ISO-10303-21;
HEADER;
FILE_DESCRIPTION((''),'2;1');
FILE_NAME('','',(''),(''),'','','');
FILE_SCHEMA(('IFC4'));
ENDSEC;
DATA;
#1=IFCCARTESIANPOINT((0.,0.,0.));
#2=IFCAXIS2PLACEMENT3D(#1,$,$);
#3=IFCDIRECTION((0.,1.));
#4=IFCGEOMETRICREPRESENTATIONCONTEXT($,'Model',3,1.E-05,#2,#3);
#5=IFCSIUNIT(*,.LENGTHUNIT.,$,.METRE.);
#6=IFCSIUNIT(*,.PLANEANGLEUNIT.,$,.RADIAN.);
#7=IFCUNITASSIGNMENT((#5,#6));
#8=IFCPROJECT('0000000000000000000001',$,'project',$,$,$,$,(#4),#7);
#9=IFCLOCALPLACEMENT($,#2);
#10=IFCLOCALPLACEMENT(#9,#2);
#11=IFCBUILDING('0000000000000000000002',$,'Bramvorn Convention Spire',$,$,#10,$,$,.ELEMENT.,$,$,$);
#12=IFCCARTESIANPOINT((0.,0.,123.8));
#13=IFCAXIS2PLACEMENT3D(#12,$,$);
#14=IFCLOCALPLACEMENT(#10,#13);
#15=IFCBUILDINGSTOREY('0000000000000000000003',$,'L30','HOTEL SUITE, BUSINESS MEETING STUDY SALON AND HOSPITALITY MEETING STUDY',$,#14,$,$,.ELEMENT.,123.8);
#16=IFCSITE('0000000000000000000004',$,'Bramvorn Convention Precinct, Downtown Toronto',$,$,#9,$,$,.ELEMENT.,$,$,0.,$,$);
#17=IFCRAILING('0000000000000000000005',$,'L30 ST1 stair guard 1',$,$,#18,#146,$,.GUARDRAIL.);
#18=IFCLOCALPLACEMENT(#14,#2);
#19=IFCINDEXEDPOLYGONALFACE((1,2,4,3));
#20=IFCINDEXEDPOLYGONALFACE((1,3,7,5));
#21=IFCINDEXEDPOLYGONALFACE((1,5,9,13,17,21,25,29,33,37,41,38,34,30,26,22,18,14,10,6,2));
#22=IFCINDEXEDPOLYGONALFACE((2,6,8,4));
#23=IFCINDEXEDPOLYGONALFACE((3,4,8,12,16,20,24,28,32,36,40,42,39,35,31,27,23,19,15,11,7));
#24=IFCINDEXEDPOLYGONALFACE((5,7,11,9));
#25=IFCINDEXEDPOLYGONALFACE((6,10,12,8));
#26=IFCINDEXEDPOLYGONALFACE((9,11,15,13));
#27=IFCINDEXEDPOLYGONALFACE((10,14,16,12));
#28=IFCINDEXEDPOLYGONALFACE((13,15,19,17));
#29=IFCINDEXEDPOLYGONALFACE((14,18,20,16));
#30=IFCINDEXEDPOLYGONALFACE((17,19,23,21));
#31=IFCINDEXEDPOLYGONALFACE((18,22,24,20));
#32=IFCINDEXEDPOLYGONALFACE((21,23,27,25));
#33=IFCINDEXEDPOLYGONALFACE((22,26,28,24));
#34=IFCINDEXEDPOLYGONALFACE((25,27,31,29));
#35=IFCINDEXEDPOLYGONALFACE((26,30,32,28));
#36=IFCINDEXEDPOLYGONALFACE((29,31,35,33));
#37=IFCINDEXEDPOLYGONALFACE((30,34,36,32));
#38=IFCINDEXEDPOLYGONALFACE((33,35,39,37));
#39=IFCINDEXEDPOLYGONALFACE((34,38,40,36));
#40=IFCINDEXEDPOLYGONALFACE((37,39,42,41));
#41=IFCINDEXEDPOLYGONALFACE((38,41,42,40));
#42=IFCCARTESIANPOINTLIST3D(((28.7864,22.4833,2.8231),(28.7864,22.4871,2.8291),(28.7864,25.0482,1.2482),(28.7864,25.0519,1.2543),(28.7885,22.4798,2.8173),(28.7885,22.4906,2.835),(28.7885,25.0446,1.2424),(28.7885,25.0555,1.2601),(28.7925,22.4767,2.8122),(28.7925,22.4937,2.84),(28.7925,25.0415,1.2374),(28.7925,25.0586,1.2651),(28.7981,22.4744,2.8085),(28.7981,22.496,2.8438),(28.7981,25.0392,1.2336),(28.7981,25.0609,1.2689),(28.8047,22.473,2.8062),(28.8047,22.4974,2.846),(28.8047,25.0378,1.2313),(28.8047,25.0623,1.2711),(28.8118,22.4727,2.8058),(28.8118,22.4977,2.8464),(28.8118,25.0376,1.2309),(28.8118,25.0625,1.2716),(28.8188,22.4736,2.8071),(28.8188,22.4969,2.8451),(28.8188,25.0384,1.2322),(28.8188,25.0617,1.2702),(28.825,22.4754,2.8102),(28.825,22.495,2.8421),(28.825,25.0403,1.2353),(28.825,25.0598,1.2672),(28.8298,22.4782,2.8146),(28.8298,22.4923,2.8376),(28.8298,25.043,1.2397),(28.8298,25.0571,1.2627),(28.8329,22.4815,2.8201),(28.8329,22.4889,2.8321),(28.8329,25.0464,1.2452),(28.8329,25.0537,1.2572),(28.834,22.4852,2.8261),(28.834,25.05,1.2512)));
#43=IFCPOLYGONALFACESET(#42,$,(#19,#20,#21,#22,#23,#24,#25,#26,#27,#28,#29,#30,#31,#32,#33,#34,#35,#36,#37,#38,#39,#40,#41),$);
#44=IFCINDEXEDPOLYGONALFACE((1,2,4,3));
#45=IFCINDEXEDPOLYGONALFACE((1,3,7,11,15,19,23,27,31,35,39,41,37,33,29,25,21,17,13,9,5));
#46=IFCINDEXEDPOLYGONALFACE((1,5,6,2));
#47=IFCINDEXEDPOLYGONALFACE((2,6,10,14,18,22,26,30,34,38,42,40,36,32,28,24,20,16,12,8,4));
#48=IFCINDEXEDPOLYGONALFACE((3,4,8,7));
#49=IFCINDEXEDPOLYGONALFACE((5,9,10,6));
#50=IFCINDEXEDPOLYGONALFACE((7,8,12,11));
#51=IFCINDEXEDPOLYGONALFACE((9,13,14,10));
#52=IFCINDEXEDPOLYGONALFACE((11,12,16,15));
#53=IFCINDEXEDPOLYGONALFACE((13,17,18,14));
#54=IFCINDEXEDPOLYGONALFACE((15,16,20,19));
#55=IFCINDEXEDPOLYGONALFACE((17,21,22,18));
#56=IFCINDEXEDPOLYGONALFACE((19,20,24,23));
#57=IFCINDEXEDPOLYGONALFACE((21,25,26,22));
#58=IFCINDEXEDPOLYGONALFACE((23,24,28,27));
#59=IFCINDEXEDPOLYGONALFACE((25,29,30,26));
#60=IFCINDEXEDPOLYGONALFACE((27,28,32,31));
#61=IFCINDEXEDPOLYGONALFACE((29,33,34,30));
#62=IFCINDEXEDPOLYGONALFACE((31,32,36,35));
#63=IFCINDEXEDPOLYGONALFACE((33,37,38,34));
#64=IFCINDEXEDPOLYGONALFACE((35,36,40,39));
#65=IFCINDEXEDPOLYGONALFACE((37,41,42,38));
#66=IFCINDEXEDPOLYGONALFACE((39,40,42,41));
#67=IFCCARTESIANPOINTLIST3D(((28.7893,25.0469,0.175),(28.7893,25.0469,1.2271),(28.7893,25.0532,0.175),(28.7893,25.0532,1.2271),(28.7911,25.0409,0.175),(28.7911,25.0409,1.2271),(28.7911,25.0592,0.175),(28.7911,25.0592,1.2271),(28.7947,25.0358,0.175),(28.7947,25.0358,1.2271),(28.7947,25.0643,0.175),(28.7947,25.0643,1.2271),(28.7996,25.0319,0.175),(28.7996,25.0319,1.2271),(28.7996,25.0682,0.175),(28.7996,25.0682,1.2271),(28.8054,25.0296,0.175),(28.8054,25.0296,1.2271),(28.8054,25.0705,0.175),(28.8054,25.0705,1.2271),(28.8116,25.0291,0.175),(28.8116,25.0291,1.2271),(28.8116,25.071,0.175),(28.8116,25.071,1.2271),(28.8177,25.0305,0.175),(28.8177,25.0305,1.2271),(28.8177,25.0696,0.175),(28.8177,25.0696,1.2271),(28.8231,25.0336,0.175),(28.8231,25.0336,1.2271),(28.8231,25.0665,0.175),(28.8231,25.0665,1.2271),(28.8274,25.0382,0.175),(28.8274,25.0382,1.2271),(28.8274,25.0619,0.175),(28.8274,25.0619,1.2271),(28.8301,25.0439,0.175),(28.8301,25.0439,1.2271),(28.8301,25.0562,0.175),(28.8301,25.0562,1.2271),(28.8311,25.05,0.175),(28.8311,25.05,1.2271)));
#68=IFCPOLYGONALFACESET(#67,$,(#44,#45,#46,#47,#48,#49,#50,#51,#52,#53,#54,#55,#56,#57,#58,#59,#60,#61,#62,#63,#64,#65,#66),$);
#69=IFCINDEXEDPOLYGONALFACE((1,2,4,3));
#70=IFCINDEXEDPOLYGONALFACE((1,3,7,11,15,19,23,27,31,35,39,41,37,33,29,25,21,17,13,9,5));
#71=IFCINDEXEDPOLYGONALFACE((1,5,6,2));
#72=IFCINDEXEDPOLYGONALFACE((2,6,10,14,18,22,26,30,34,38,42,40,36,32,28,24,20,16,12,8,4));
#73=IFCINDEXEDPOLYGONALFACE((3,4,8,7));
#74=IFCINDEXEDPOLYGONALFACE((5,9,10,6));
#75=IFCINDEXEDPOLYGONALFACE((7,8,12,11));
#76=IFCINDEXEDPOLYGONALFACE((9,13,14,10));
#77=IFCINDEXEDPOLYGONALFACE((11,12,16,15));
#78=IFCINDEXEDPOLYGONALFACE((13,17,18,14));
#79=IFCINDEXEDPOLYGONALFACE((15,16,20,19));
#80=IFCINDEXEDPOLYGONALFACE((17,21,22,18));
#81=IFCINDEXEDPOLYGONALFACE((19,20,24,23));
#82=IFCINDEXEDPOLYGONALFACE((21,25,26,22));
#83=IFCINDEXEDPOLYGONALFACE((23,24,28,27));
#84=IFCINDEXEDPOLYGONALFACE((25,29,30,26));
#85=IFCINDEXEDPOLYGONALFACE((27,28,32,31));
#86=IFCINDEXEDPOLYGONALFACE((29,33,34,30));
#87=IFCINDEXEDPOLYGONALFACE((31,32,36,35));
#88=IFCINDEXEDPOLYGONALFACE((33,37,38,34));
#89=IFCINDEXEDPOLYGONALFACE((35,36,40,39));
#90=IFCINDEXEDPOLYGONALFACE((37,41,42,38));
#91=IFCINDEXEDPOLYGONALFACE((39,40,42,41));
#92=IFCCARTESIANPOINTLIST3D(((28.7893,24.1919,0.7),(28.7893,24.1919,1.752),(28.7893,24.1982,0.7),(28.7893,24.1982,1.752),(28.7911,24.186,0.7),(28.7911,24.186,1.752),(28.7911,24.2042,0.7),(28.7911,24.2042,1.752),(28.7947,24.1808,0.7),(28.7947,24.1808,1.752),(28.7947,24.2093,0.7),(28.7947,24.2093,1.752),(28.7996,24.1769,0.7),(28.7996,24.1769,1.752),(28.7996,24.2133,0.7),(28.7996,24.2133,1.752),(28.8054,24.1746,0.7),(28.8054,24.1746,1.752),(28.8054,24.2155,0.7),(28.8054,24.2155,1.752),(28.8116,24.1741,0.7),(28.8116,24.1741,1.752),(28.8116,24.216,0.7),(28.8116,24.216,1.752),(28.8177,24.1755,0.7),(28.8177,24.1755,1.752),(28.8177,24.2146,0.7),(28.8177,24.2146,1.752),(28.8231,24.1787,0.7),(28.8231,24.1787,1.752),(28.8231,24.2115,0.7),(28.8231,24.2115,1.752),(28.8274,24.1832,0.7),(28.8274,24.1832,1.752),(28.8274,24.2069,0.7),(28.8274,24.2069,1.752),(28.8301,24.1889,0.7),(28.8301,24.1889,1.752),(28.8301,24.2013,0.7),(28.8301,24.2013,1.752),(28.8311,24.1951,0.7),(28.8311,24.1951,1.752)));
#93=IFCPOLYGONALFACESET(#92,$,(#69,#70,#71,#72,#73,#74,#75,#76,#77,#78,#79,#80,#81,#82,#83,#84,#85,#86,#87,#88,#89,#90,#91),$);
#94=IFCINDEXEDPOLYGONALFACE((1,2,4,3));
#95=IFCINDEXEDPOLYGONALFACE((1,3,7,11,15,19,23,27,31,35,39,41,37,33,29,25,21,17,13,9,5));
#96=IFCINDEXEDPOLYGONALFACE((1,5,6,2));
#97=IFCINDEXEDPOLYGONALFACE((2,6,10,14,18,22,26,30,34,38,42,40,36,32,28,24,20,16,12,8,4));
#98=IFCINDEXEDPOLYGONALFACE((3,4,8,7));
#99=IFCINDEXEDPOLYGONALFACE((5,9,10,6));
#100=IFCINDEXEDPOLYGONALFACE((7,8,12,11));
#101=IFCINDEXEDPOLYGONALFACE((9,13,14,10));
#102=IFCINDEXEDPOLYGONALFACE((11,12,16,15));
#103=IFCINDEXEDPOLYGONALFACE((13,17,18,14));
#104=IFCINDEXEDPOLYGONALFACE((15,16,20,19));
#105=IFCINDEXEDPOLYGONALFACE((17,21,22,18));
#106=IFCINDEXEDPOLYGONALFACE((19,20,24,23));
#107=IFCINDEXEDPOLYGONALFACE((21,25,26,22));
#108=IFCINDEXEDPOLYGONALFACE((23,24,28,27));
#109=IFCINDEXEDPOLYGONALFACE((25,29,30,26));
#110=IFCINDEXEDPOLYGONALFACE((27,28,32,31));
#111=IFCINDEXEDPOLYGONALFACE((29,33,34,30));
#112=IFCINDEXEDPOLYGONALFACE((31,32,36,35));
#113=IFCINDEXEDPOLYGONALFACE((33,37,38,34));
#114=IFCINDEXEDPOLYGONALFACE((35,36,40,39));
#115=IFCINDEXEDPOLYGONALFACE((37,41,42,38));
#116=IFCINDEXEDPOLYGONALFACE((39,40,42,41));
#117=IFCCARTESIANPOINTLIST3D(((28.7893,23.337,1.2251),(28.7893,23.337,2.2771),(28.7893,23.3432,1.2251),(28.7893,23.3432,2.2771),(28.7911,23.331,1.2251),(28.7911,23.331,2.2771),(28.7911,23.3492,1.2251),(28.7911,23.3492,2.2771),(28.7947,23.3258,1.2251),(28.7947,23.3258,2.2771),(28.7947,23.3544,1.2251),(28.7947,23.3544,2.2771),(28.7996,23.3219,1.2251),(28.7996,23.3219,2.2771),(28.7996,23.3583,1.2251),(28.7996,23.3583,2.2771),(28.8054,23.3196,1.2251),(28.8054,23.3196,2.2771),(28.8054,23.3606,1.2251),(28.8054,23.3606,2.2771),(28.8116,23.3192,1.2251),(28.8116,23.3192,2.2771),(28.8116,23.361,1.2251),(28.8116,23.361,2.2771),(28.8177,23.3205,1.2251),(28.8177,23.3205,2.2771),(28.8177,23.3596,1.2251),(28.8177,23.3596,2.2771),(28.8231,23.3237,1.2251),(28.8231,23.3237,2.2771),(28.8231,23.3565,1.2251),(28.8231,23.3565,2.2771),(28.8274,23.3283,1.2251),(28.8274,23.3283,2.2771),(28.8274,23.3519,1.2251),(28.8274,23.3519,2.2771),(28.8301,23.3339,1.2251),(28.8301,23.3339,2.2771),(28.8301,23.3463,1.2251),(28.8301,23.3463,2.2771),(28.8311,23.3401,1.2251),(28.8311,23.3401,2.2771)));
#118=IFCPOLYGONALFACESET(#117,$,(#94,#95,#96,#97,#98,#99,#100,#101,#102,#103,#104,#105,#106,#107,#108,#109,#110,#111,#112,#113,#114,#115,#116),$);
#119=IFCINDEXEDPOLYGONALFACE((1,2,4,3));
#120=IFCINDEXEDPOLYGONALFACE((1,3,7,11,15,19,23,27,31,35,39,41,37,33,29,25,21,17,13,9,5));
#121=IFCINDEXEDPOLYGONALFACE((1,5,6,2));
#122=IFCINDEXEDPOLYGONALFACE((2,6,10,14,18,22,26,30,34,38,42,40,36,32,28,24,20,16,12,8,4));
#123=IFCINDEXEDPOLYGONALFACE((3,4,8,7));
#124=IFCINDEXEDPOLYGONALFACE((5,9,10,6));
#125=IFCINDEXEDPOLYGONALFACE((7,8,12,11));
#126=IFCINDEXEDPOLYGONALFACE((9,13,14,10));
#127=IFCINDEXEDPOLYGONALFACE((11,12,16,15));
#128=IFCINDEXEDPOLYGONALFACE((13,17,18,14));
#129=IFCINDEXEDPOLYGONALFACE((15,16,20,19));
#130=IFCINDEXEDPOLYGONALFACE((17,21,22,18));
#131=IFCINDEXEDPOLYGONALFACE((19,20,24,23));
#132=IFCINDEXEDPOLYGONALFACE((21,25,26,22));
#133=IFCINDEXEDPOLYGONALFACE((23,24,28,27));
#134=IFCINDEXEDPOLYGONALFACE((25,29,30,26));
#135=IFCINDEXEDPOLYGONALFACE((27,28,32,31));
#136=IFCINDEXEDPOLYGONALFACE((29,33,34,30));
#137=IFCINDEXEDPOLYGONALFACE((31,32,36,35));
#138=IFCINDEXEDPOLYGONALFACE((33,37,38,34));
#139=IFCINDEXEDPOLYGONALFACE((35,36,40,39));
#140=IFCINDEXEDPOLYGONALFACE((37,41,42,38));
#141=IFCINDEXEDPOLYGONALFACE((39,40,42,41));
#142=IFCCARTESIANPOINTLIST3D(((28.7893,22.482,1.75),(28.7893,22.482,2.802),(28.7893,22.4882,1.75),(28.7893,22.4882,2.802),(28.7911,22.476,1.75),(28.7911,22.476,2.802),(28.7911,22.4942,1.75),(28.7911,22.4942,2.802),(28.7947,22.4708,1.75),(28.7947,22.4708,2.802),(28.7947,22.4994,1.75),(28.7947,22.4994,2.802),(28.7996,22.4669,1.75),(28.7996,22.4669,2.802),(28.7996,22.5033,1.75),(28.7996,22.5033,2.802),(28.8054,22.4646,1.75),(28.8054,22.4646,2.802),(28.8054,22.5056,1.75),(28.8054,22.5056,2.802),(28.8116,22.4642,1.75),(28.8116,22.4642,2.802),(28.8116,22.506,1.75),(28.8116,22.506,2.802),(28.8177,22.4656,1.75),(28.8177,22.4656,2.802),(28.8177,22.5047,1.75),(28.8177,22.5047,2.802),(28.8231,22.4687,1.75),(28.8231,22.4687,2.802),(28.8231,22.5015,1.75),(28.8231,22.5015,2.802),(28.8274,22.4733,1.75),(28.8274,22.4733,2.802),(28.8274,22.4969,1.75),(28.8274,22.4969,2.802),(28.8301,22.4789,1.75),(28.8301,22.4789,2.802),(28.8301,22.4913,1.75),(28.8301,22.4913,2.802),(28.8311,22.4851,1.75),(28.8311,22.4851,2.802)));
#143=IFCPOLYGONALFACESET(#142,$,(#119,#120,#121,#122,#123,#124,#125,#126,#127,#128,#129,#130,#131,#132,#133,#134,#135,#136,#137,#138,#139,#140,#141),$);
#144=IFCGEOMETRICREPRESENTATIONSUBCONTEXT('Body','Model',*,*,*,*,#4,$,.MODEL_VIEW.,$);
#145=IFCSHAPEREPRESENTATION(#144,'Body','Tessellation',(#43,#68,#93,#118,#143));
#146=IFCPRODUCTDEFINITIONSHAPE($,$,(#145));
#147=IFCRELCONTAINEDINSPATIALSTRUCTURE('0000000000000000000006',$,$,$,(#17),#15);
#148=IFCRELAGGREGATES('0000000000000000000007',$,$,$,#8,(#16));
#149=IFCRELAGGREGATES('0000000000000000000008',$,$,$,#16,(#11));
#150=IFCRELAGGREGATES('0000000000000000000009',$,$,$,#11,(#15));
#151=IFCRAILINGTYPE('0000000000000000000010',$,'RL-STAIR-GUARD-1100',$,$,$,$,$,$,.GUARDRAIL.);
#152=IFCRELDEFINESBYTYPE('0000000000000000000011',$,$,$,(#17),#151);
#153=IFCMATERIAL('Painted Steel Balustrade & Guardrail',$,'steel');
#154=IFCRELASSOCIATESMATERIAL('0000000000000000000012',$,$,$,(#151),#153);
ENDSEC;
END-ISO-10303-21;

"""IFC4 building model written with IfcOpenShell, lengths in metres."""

from ifc_helpers import new_model, si_unit, direction, frame, origin, origin_2d, place, context, subcontext, project, spatial, circle, extrude, material, type_object, element, save


model = new_model("IFC4")

# Units and contexts
model_context = context("Model", 3, precision=1e-05, world=origin(), true_north=direction((0.0, 1.0)))
body_context = subcontext(model_context, "Body", "Model", "MODEL_VIEW")
ifc_project = project(units=[si_unit("LENGTHUNIT", "METRE"), si_unit("PLANEANGLEUNIT", "RADIAN")], contexts=[model_context])

# Site, building, storey
site_placement = place(None, origin())
site = spatial("IfcSite", under=ifc_project, at=site_placement, Name="Bramvorn Convention Precinct, Downtown Toronto", CompositionType="ELEMENT", RefElevation=0.0)
building_placement = place(site_placement, origin())
building = spatial("IfcBuilding", under=site, at=building_placement, Name="Bramvorn Convention Spire", CompositionType="ELEMENT")
storey_placement = place(building_placement, frame((0.0, 0.0, 123.8)))
storey = spatial("IfcBuildingStorey", under=building, at=storey_placement, Name="L30", Description="HOTEL SUITE, BUSINESS MEETING STUDY SALON AND HOSPITALITY MEETING STUDY", CompositionType="ELEMENT", Elevation=123.8)

# Railing
ifc_material_1 = material(Name="Painted Steel Balustrade & Guardrail", Category="steel")
railing_type_1 = type_object("IfcRailingType", Name="RL-STAIR-GUARD-1100", PredefinedType="GUARDRAIL", material=ifc_material_1)
railing_1_placement = place(storey_placement, frame((28.8101, 25.05, 0.175)))
element("IfcRailing", 1, at=railing_1_placement, inside=storey, type_object=railing_type_1, Name="L30 ST1 stair guard 1", PredefinedType="GUARDRAIL", context=body_context, shape_type="SweptSolid", body=[
    extrude(circle(Radius=0.0239, at=origin_2d()), frame((0.0, 0.0, 1.0762), z_axis=(0.0, -0.852173, 0.52326), x_axis=(1.0, 0.0, 0.0)), (0.0, 0.0, 1.0), 3.0098),
    extrude(circle(Radius=0.021, at=origin_2d()), origin(), (0.0, 0.0, 1.0), 1.052),
    extrude(circle(Radius=0.021, at=origin_2d()), frame((0.0, -0.855, 0.5249)), (0.0, 0.0, 1.0), 1.052),
    extrude(circle(Radius=0.021, at=origin_2d()), frame((0.0, -1.71, 1.05)), (0.0, 0.0, 1.0), 1.052),
    extrude(circle(Radius=0.021, at=origin_2d()), frame((0.0, -2.5649, 1.575)), (0.0, 0.0, 1.0), 1.052),
])

save(model, "model.ifc")
